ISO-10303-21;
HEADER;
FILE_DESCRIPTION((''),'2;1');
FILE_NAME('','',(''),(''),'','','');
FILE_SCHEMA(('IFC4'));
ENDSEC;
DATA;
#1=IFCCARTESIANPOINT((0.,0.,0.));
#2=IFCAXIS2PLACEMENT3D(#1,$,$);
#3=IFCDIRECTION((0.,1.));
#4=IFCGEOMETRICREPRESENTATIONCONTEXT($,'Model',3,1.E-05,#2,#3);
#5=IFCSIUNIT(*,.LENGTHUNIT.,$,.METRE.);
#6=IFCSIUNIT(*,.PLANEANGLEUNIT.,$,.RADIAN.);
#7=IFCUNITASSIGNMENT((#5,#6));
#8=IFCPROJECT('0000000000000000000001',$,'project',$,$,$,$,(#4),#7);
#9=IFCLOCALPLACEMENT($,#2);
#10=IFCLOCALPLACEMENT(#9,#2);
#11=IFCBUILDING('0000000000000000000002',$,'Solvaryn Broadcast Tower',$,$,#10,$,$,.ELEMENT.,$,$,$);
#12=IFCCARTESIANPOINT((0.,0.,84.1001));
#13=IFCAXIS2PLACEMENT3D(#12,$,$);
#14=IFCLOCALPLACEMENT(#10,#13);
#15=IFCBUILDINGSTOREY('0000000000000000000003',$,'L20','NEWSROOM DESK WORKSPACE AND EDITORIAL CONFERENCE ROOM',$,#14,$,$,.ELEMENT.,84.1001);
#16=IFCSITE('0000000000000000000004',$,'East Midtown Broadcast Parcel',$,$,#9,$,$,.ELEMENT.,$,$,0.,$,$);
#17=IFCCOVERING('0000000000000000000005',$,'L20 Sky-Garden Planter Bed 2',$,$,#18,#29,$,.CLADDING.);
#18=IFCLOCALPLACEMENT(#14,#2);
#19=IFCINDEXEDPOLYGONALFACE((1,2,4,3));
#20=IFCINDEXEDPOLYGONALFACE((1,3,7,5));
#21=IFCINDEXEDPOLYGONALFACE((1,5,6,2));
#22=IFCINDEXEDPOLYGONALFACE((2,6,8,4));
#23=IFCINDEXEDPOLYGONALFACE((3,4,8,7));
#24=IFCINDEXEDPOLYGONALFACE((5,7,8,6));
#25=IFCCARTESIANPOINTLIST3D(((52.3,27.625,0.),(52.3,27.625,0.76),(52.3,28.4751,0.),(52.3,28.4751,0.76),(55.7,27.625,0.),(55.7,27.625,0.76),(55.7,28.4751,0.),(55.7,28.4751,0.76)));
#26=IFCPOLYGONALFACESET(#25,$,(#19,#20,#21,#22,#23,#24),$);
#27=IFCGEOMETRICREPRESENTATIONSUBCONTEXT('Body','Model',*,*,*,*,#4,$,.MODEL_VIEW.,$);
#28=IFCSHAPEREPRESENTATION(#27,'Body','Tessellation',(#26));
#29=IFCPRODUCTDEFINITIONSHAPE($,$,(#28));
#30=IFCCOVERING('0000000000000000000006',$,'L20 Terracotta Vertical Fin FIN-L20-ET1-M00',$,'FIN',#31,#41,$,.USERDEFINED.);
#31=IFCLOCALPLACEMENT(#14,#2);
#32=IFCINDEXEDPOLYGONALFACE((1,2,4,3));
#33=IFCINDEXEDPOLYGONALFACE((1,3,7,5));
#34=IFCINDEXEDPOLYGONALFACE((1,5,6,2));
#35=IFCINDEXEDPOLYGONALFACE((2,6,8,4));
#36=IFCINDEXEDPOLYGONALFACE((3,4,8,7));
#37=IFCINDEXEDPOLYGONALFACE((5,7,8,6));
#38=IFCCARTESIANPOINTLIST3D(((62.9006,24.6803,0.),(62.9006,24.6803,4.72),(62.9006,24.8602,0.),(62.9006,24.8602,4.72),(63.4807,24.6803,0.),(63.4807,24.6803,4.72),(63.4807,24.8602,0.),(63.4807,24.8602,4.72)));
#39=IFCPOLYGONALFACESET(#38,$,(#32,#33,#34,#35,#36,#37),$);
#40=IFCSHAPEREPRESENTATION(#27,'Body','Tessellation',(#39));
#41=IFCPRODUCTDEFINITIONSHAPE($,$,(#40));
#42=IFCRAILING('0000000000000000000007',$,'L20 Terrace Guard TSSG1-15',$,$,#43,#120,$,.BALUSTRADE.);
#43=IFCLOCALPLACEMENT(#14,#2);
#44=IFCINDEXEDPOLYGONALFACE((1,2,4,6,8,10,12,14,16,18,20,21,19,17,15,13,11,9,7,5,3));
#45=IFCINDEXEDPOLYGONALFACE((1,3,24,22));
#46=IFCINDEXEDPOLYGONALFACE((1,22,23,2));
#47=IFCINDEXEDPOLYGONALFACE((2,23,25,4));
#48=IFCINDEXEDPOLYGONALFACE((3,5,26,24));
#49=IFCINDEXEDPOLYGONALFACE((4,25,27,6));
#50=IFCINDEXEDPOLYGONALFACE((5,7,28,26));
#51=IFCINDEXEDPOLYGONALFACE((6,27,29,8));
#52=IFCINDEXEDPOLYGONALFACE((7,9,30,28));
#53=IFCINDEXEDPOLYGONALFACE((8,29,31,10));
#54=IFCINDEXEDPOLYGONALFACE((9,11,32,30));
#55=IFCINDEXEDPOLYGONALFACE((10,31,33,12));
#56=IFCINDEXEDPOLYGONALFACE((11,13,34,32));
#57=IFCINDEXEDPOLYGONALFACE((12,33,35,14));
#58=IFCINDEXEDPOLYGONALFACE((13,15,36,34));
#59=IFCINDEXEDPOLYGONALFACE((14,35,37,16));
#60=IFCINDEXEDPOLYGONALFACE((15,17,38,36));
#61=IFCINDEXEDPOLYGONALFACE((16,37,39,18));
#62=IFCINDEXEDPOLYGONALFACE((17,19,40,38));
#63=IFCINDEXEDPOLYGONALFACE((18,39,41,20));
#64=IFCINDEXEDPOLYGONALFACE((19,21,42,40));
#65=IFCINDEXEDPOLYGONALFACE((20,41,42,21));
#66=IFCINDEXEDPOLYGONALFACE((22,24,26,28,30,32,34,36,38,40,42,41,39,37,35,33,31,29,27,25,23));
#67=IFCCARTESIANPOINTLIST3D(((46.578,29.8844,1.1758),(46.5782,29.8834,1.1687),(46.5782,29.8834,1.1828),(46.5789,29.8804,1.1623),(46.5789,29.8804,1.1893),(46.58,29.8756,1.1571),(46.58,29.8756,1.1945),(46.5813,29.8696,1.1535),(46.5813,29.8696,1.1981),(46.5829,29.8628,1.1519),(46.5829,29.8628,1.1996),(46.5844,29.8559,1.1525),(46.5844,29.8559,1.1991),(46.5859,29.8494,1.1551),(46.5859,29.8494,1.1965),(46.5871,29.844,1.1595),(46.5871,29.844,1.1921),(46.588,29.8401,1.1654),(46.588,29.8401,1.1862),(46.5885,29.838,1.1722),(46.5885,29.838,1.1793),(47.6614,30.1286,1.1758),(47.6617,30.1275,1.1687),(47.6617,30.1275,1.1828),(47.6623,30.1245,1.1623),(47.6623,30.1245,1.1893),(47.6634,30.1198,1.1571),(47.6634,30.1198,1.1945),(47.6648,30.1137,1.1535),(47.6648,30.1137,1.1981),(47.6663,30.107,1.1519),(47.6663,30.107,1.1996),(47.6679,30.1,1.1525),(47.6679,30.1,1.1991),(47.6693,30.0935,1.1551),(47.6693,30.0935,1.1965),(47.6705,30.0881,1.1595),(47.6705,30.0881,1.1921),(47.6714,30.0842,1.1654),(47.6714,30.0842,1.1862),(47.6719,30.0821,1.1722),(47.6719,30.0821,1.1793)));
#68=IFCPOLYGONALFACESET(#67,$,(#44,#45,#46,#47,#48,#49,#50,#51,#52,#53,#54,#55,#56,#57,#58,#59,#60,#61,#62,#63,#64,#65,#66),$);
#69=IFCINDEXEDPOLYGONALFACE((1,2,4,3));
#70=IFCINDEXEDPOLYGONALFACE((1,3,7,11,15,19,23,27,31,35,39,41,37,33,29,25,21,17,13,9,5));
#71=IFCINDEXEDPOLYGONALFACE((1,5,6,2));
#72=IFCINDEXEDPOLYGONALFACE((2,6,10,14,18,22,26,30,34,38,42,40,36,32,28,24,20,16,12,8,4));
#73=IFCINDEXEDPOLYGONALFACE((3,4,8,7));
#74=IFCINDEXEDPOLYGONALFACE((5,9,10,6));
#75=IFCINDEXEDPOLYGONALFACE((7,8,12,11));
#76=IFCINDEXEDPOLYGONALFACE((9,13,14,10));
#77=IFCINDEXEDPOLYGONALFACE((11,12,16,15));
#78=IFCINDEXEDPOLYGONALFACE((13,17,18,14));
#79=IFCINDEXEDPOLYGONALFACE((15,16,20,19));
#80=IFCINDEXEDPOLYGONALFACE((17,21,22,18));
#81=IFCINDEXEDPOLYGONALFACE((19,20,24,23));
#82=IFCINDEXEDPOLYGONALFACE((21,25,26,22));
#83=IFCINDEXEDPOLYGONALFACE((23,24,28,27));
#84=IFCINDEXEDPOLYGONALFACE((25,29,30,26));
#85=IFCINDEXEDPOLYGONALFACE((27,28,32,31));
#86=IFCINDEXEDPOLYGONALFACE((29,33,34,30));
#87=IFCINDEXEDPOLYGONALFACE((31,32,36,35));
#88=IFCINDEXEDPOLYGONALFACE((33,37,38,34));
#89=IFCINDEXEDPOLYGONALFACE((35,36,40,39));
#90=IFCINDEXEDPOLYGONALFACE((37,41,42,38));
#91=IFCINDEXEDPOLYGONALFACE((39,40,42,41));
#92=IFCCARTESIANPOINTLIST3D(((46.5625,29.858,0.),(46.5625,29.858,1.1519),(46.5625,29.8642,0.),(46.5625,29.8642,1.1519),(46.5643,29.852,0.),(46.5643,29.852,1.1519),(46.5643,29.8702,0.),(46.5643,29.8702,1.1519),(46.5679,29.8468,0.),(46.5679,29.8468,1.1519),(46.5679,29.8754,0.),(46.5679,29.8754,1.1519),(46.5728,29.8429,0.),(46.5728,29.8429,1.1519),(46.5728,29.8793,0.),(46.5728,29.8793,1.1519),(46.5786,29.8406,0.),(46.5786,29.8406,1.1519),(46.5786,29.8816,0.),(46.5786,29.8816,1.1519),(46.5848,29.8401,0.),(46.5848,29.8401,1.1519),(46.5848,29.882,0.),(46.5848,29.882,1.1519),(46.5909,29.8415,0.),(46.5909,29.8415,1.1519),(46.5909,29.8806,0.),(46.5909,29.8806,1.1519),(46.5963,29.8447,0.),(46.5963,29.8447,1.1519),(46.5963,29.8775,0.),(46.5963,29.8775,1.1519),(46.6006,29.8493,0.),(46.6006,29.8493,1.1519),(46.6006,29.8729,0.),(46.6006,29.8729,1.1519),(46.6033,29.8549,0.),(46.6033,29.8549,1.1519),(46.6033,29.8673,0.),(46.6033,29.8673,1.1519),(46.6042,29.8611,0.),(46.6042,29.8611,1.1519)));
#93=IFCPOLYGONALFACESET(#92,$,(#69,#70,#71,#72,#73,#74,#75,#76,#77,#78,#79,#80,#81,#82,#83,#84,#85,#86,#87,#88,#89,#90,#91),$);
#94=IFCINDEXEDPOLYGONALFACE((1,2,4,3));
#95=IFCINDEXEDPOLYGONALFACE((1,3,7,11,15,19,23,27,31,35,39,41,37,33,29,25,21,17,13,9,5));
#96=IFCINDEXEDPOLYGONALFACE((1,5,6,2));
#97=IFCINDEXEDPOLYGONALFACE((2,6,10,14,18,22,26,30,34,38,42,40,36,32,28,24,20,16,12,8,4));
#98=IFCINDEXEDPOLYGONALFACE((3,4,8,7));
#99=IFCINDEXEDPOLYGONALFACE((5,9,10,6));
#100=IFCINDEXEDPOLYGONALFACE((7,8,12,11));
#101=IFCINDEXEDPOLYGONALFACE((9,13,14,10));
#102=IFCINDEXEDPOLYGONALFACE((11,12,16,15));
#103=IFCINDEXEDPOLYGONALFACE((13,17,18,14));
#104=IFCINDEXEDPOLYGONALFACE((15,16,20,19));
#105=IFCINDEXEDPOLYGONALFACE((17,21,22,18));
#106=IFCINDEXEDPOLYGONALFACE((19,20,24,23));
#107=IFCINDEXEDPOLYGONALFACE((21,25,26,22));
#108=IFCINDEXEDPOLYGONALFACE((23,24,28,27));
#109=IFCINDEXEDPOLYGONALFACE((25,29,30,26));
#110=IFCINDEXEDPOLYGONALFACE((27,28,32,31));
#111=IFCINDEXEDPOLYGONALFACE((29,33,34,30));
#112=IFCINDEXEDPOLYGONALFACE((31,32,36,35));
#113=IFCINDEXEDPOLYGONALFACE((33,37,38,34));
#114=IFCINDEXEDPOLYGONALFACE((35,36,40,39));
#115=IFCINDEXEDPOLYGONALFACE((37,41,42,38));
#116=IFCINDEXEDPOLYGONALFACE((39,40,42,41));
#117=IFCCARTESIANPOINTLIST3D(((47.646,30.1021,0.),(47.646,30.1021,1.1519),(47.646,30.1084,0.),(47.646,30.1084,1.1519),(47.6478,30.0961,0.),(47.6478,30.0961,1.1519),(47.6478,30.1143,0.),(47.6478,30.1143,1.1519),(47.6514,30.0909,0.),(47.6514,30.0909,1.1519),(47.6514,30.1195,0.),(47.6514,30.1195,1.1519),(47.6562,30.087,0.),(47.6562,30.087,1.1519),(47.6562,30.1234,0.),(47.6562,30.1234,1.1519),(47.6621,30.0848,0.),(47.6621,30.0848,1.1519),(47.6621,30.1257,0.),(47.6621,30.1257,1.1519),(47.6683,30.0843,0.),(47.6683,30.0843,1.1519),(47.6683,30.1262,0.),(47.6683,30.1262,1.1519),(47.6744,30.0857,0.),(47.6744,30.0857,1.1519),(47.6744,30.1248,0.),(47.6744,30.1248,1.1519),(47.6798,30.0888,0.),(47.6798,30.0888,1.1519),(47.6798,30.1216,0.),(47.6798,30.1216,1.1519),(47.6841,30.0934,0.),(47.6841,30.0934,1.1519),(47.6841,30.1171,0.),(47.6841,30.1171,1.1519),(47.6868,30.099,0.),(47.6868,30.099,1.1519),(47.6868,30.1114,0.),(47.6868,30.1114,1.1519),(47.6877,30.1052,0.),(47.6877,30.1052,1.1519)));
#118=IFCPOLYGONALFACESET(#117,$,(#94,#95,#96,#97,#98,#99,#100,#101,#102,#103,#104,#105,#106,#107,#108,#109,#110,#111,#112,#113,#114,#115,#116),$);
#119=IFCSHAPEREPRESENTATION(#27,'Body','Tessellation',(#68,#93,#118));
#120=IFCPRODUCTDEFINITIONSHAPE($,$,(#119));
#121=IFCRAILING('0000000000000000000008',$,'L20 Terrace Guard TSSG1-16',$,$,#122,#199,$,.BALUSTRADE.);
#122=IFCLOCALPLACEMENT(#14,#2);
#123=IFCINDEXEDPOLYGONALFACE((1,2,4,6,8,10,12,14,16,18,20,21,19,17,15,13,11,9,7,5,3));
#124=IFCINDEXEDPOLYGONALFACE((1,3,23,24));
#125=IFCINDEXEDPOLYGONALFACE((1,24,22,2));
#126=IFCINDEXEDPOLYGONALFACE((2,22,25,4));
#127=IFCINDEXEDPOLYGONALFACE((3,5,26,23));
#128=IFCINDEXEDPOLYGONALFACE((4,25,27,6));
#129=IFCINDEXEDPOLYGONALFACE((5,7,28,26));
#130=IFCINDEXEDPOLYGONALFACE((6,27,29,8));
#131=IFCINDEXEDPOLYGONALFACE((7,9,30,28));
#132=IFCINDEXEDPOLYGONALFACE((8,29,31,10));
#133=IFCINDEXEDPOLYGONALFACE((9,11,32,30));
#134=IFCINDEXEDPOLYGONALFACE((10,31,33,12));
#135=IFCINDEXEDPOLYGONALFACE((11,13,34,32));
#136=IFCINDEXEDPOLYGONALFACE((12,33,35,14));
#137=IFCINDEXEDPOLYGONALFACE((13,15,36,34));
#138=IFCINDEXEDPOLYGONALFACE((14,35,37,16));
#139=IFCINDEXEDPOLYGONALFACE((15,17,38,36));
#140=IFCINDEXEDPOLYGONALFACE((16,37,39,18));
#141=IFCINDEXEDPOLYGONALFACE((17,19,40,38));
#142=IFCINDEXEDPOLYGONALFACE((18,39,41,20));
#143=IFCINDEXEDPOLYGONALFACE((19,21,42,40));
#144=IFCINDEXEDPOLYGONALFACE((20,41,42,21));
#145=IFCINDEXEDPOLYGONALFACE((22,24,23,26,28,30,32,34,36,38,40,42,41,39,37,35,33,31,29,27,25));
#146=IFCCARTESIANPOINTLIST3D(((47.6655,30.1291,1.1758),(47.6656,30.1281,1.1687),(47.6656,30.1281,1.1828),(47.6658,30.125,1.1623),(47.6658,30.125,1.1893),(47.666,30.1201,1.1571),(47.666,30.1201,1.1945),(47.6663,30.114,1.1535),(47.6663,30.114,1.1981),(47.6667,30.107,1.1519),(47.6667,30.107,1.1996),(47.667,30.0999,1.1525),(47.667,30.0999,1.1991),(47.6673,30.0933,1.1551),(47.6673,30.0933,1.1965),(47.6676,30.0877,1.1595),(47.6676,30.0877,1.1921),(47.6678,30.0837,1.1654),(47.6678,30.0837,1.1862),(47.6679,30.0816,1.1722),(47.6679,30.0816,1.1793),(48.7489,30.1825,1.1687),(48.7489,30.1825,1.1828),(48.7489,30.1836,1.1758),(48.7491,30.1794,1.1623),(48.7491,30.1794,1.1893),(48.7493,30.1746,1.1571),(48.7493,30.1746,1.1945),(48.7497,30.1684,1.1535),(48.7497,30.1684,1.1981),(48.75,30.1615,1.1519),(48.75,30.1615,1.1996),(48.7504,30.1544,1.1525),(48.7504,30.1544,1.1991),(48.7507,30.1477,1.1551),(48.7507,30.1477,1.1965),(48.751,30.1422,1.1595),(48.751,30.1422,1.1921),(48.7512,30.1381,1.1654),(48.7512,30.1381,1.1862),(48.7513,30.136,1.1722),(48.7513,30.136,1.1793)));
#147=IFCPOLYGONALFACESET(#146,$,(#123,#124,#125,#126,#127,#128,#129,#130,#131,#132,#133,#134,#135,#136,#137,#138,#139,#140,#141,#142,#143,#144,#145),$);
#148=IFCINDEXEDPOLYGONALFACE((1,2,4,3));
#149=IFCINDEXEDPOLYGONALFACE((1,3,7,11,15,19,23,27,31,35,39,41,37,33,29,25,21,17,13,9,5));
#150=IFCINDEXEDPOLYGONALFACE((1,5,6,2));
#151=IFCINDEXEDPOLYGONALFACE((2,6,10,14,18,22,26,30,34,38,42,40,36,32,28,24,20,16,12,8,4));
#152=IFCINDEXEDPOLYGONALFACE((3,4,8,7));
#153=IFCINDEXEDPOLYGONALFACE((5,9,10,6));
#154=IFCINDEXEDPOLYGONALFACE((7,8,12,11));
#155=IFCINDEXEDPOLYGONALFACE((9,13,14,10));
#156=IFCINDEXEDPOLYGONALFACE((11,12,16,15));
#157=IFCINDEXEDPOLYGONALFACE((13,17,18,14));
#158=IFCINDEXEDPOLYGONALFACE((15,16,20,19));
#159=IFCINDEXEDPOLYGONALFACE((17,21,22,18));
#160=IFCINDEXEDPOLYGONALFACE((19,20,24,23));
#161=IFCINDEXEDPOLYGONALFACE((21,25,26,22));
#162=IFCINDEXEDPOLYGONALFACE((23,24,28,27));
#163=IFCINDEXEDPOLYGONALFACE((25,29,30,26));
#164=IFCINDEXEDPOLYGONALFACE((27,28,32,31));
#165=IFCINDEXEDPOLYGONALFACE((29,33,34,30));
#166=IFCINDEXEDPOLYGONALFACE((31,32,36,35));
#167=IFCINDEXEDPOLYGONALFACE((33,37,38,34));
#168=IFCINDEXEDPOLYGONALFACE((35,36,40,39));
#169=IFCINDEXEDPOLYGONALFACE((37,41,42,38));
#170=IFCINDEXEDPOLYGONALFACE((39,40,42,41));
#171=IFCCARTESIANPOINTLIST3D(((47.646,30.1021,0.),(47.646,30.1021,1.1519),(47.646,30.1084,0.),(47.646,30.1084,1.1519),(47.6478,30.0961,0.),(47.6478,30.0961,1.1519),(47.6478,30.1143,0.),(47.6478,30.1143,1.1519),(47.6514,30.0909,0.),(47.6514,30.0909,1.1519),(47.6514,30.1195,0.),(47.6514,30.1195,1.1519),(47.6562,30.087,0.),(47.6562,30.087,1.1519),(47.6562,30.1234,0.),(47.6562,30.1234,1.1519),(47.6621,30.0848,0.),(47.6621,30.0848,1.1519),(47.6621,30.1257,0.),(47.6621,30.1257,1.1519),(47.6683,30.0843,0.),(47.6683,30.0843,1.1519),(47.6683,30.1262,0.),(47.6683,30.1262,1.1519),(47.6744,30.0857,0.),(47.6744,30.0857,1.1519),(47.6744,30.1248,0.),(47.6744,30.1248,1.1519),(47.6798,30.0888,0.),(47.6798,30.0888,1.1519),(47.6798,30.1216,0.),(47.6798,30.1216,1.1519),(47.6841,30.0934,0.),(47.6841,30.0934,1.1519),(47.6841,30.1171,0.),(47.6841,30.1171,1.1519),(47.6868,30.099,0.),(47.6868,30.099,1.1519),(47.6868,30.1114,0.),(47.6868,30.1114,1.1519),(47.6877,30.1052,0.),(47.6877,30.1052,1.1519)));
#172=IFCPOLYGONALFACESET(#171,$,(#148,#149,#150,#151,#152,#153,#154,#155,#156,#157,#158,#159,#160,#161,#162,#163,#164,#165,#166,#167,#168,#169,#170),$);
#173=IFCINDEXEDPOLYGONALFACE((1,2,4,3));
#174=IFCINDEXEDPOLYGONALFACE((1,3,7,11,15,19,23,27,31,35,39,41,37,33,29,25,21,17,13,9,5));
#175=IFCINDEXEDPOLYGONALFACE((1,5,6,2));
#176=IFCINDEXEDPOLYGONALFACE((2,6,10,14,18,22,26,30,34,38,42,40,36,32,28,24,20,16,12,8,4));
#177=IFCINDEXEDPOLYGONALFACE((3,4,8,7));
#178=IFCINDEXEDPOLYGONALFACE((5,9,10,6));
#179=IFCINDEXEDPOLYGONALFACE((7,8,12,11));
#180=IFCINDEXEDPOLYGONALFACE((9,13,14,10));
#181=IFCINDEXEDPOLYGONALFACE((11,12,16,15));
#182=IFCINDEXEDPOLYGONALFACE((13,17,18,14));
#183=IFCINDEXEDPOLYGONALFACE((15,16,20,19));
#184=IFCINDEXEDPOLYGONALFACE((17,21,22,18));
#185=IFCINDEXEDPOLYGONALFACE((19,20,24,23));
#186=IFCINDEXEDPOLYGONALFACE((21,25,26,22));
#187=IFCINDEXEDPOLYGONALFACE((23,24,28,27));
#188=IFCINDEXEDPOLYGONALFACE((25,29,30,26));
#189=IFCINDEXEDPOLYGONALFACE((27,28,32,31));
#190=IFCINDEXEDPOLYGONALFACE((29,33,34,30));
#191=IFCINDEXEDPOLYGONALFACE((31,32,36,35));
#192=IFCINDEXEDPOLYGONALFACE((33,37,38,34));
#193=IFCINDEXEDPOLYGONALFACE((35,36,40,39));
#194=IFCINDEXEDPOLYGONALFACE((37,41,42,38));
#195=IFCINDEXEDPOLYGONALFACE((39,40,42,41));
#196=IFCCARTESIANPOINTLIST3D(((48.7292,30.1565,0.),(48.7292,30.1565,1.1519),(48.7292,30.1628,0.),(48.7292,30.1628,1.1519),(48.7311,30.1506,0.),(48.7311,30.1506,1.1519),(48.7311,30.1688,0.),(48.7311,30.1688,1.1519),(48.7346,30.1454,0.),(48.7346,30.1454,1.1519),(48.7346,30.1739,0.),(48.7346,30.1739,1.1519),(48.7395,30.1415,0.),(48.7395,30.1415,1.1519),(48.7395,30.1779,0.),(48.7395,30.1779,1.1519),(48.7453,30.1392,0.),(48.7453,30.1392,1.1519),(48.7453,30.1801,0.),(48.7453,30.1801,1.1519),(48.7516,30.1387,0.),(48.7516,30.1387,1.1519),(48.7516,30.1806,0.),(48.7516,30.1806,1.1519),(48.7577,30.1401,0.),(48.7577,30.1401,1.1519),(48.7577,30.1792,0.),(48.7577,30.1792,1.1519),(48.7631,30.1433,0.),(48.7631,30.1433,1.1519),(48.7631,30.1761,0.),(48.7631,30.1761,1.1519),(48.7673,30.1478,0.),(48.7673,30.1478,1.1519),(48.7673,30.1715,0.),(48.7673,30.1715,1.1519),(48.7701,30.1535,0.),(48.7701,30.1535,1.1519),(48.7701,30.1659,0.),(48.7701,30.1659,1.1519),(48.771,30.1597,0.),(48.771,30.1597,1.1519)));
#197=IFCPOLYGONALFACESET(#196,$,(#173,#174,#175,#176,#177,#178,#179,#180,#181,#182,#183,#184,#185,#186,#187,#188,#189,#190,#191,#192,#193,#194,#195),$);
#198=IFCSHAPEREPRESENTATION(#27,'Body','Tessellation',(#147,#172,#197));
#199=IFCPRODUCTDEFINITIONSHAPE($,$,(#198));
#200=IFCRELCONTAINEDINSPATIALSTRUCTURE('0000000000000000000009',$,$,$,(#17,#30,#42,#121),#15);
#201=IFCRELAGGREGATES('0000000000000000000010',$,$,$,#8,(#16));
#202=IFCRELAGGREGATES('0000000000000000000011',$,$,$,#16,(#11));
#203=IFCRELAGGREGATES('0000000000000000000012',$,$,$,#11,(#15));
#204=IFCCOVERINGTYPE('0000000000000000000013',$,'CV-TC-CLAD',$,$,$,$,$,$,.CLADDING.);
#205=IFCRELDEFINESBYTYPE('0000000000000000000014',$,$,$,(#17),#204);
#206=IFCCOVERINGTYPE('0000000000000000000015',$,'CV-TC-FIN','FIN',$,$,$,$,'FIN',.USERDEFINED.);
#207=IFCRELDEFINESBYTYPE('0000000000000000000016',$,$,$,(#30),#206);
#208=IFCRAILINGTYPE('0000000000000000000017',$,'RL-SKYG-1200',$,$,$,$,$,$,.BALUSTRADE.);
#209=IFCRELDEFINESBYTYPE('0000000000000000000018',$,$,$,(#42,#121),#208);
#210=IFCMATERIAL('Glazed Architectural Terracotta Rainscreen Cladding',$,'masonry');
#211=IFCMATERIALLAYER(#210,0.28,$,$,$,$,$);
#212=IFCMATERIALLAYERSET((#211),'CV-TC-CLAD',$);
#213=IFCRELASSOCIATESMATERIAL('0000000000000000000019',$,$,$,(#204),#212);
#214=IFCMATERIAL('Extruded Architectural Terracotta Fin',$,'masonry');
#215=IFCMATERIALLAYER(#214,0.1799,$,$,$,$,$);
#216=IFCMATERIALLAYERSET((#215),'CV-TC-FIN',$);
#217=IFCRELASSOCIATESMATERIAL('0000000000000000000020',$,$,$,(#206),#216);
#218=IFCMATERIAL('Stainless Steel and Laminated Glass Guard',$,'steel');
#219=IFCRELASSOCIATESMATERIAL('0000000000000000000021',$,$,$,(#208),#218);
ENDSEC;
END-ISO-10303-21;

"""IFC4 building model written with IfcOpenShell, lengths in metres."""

from ifc_helpers import new_model, si_unit, direction, frame, origin, origin_2d, place, context, subcontext, project, spatial, rectangle, circle, extrude, material, layer, layer_set, type_object, element, save


model = new_model("IFC4")

# Units and contexts
model_context = context("Model", 3, precision=1e-05, world=origin(), true_north=direction((0.0, 1.0)))
body_context = subcontext(model_context, "Body", "Model", "MODEL_VIEW")
ifc_project = project(units=[si_unit("LENGTHUNIT", "METRE"), si_unit("PLANEANGLEUNIT", "RADIAN")], contexts=[model_context])

# Site, building, storey
site_placement = place(None, origin())
site = spatial("IfcSite", under=ifc_project, at=site_placement, Name="East Midtown Broadcast Parcel", CompositionType="ELEMENT", RefElevation=0.0)
building_placement = place(site_placement, origin())
building = spatial("IfcBuilding", under=site, at=building_placement, Name="Solvaryn Broadcast Tower", CompositionType="ELEMENT")
storey_placement = place(building_placement, frame((0.0, 0.0, 84.1001)))
storey = spatial("IfcBuildingStorey", under=building, at=storey_placement, Name="L20", Description="NEWSROOM DESK WORKSPACE AND EDITORIAL CONFERENCE ROOM", CompositionType="ELEMENT", Elevation=84.1001)

# Coverings
ifc_material_1 = material(Name="Glazed Architectural Terracotta Rainscreen Cladding", Category="masonry")
ifc_layer_1 = layer(ifc_material_1, 0.28)
ifc_layer_set_1 = layer_set([ifc_layer_1], Name="CV-TC-CLAD")
covering_type_1 = type_object("IfcCoveringType", Name="CV-TC-CLAD", PredefinedType="CLADDING", material=ifc_layer_set_1)
covering_1_placement = place(storey_placement, frame((54.0, 28.05, 0.0), z_axis=(0.0, 0.0, 1.0), x_axis=(1.0, 0.0, 0.0)))
element("IfcCovering", 1, at=covering_1_placement, inside=storey, type_object=covering_type_1, Name="L20 Sky-Garden Planter Bed 2", PredefinedType="CLADDING", context=body_context, shape_type="SweptSolid", body=[
    extrude(rectangle(XDim=3.3999, YDim=0.8501, at=origin_2d()), origin(), (0.0, 0.0, 1.0), 0.76),
])
ifc_material_2 = material(Name="Extruded Architectural Terracotta Fin", Category="masonry")
ifc_layer_2 = layer(ifc_material_2, 0.1799)
ifc_layer_set_2 = layer_set([ifc_layer_2], Name="CV-TC-FIN")
covering_type_2 = type_object("IfcCoveringType", Name="CV-TC-FIN", Description="FIN", ElementType="FIN", PredefinedType="USERDEFINED", material=ifc_layer_set_2)
covering_2_placement = place(storey_placement, frame((63.1907, 24.7703, 0.0), z_axis=(0.0, 0.0, 1.0), x_axis=(1.0, 0.0, 0.0)))
element("IfcCovering", 2, at=covering_2_placement, inside=storey, type_object=covering_type_2, Name="L20 Terracotta Vertical Fin FIN-L20-ET1-M00", ObjectType="FIN", PredefinedType="USERDEFINED", context=body_context, shape_type="SweptSolid", body=[
    extrude(rectangle(XDim=0.5801, YDim=0.1799, at=origin_2d()), origin(), (0.0, 0.0, 1.0), 4.72),
])

# Railings
ifc_material_3 = material(Name="Stainless Steel and Laminated Glass Guard", Category="steel")
railing_type = type_object("IfcRailingType", Name="RL-SKYG-1200", PredefinedType="BALUSTRADE", material=ifc_material_3)
railing_1_placement = place(storey_placement, frame((46.5833, 29.8611, 0.0)))
element("IfcRailing", 3, at=railing_1_placement, inside=storey, type_object=railing_type, Name="L20 Terrace Guard TSSG1-15", PredefinedType="BALUSTRADE", context=body_context, shape_type="SweptSolid", body=[
    extrude(circle(Radius=0.0239, at=origin_2d()), frame((0.0, 0.0, 1.1758), z_axis=(0.975541, 0.219816, 0.0), x_axis=(-0.219816, 0.975541, 0.0)), (0.0, 0.0, 1.0), 1.1106),
    extrude(circle(Radius=0.021, at=origin_2d()), origin(), (0.0, 0.0, 1.0), 1.1519),
    extrude(circle(Radius=0.021, at=origin_2d()), frame((1.0835, 0.2441, 0.0)), (0.0, 0.0, 1.0), 1.1519),
])
railing_2_placement = place(storey_placement, frame((47.6667, 30.1052, 0.0)))
element("IfcRailing", 4, at=railing_2_placement, inside=storey, type_object=railing_type, Name="L20 Terrace Guard TSSG1-16", PredefinedType="BALUSTRADE", context=body_context, shape_type="SweptSolid", body=[
    extrude(circle(Radius=0.0239, at=origin_2d()), frame((0.0, 0.0, 1.1758), z_axis=(0.998739, 0.050196, 0.0), x_axis=(-0.050196, 0.998739, 0.0)), (0.0, 0.0, 1.0), 1.0847),
    extrude(circle(Radius=0.021, at=origin_2d()), origin(), (0.0, 0.0, 1.0), 1.1519),
    extrude(circle(Radius=0.021, at=origin_2d()), frame((1.0833, 0.0544, 0.0)), (0.0, 0.0, 1.0), 1.1519),
])

save(model, "model.ifc")
